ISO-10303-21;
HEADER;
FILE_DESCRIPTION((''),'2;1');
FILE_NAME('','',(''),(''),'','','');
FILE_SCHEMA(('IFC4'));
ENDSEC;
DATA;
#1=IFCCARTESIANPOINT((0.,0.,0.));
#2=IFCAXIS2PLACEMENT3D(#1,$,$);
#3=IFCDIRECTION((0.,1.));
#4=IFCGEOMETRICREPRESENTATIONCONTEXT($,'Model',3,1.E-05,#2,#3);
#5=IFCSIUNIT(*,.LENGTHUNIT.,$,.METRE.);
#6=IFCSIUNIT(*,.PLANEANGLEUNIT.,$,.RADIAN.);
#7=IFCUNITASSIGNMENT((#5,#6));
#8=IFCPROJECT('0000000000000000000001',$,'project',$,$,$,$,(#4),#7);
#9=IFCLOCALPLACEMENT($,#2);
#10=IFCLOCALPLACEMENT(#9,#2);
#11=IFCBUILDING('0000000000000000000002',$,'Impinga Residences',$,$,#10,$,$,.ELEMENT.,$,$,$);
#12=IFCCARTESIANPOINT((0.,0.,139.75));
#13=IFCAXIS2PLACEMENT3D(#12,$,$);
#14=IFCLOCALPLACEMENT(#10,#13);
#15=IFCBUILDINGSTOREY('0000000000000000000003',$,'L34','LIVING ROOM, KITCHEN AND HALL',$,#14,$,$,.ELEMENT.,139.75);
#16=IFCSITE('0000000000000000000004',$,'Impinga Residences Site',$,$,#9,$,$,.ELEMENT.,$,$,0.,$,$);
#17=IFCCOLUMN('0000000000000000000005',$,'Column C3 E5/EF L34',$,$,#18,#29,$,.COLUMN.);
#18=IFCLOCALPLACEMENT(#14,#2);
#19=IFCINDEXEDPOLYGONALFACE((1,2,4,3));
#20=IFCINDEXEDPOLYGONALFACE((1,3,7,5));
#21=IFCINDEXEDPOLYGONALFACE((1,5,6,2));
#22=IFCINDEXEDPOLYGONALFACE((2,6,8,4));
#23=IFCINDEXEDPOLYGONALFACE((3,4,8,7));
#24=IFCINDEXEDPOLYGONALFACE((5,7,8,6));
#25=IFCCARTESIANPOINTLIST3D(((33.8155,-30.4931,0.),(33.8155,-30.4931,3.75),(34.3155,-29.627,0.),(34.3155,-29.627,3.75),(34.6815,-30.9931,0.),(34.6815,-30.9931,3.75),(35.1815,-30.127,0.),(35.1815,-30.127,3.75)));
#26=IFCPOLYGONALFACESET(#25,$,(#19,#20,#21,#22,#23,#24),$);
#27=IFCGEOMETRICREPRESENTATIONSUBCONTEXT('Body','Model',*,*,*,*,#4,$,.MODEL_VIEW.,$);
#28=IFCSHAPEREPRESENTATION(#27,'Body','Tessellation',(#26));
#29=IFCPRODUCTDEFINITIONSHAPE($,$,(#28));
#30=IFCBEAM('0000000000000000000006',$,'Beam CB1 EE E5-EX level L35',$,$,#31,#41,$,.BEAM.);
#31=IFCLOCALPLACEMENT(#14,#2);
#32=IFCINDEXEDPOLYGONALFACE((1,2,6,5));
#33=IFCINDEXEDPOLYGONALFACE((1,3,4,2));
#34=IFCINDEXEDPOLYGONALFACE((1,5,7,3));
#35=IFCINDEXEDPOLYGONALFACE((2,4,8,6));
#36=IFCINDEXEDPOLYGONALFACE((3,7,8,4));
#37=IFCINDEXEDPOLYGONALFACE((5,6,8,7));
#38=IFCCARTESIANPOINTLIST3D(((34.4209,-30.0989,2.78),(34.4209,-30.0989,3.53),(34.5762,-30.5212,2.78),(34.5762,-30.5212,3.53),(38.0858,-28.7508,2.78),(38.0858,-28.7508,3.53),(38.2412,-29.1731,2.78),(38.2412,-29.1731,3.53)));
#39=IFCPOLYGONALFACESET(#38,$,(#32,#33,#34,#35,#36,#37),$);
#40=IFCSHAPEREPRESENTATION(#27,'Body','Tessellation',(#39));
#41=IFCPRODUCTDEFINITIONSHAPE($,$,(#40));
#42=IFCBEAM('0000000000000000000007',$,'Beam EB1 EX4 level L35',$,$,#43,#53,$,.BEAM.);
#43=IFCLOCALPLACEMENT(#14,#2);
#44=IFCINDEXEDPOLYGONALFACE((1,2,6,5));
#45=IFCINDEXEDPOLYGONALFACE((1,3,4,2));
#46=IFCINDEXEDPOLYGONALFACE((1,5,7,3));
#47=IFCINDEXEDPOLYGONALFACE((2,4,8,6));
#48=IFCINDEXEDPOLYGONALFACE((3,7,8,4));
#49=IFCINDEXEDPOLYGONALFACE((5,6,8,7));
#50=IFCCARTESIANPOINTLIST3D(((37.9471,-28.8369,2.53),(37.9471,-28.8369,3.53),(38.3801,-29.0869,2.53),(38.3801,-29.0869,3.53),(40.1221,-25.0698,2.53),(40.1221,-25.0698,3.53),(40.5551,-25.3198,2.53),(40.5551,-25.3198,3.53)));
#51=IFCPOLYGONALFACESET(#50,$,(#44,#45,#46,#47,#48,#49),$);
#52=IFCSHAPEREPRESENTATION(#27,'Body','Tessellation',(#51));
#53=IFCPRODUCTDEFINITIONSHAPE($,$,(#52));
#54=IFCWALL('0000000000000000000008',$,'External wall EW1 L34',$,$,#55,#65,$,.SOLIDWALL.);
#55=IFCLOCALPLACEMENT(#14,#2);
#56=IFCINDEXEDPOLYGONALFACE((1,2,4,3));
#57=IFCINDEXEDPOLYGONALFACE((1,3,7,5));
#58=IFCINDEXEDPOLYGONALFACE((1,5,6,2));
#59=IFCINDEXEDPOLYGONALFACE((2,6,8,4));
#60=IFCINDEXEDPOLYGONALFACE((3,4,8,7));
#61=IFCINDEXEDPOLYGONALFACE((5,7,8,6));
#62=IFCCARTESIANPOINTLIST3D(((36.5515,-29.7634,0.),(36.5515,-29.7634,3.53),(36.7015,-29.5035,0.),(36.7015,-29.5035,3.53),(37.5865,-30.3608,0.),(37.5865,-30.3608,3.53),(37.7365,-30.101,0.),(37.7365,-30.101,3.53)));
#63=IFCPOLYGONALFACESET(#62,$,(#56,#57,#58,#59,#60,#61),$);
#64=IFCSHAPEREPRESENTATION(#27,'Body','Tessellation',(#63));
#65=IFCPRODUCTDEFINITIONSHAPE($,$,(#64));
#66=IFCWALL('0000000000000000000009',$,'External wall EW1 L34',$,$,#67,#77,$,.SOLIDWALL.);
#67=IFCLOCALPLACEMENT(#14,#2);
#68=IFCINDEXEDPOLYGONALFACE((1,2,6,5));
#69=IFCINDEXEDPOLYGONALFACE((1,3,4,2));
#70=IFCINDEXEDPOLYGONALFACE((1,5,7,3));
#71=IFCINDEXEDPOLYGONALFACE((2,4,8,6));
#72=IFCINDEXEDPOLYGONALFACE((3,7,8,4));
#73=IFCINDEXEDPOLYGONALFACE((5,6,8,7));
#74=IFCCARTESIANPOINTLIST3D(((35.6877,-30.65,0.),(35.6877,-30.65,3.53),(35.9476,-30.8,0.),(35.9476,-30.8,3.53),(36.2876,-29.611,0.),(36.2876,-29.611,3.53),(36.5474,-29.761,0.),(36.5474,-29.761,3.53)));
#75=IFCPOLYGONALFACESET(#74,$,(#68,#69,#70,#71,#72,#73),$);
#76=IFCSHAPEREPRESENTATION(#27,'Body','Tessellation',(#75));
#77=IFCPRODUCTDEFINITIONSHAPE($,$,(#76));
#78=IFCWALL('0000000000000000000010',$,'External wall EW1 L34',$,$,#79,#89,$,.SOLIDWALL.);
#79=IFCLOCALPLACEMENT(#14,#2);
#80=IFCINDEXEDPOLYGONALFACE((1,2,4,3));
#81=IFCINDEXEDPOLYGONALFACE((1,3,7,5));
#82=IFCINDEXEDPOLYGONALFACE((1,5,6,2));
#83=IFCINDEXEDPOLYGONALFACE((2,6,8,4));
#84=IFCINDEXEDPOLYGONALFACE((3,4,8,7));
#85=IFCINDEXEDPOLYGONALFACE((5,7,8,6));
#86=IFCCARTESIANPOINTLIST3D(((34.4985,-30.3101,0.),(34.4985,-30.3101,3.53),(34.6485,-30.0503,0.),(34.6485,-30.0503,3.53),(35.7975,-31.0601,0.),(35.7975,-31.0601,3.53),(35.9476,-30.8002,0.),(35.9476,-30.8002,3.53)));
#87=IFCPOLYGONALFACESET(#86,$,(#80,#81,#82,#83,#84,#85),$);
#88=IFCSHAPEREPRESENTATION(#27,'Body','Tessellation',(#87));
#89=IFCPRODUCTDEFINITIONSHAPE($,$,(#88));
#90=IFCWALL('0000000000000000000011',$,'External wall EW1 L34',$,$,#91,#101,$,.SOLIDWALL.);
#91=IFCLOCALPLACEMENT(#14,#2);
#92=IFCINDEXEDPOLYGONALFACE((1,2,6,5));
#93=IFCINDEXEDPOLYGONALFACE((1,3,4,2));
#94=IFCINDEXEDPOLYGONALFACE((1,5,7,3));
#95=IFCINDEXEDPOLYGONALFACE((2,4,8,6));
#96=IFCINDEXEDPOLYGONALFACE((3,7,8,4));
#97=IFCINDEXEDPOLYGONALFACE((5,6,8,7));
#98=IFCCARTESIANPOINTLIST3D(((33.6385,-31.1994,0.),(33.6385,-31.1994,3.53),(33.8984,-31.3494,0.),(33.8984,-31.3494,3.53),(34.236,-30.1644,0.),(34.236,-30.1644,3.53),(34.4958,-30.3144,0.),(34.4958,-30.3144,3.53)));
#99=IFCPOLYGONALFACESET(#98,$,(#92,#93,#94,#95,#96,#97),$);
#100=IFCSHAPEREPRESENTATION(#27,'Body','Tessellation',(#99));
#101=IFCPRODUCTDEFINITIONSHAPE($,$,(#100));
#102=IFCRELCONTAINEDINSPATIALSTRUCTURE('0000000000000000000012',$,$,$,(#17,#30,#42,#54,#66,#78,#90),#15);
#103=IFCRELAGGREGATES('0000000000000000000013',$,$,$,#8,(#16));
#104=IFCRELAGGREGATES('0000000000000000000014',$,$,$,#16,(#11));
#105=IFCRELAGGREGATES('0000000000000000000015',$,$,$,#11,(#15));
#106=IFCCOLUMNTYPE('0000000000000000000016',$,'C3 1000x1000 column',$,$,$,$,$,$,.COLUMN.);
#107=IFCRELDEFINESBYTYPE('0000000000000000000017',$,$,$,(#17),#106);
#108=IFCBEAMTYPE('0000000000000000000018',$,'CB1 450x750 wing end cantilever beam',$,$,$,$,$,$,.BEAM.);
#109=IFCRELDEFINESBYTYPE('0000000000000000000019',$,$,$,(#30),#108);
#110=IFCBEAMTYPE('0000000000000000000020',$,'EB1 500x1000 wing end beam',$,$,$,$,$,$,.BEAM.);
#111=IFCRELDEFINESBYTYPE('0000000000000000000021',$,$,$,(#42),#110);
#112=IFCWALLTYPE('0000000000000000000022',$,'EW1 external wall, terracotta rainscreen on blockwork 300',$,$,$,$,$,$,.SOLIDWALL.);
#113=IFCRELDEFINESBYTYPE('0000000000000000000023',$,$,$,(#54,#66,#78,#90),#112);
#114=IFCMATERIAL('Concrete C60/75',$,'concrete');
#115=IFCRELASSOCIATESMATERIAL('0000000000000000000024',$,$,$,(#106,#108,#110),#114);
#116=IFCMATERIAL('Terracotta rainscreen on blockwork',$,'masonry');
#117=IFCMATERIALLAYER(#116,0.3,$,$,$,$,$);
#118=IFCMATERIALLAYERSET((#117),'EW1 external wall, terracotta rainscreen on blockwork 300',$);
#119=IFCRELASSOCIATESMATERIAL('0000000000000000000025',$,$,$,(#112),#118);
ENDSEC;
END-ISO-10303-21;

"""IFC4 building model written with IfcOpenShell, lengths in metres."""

from ifc_helpers import new_model, si_unit, direction, frame, frame_2d, origin, origin_2d, place, context, subcontext, project, spatial, rectangle, extrude, material, layer, layer_set, material_profile, profile_set, type_object, element, save


model = new_model("IFC4")

# Units and contexts
model_context = context("Model", 3, precision=1e-05, world=origin(), true_north=direction((0.0, 1.0)))
body_context = subcontext(model_context, "Body", "Model", "MODEL_VIEW")
ifc_project = project(units=[si_unit("LENGTHUNIT", "METRE"), si_unit("PLANEANGLEUNIT", "RADIAN")], contexts=[model_context])

# Site, building, storey
site_placement = place(None, origin())
site = spatial("IfcSite", under=ifc_project, at=site_placement, Name="Impinga Residences Site", CompositionType="ELEMENT", RefElevation=0.0)
building_placement = place(site_placement, origin())
building = spatial("IfcBuilding", under=site, at=building_placement, Name="Impinga Residences", CompositionType="ELEMENT")
storey_placement = place(building_placement, frame((0.0, 0.0, 139.75)))
storey = spatial("IfcBuildingStorey", under=building, at=storey_placement, Name="L34", Description="LIVING ROOM, KITCHEN AND HALL", CompositionType="ELEMENT", Elevation=139.75)

# Column
ifc_material_1 = material(Name="Concrete C60/75", Category="concrete")
ifc_material_profile_1 = material_profile(ifc_material_1, rectangle(XDim=1.0, YDim=1.0, at=origin_2d()), Name="RC 1000x1000")
ifc_profile_set_1 = profile_set([ifc_material_profile_1], Name="Concrete C60/75")
column_type = type_object("IfcColumnType", Name="C3 1000x1000 column", PredefinedType="COLUMN", material=ifc_profile_set_1)
column_placement = place(storey_placement, frame((34.4985, -30.3101, 0.0), z_axis=(0.0, 0.0, 1.0), x_axis=(-0.5, -0.866025, 0.0)))
element("IfcColumn", 1, at=column_placement, inside=storey, type_object=column_type, Name="Column C3 E5/EF L34", PredefinedType="COLUMN", context=body_context, shape_type="SweptSolid", body=[
    extrude(rectangle(XDim=1.0, YDim=1.0, at=origin_2d()), origin(), (0.0, 0.0, 1.0), 3.75),
])

# Beams
ifc_material_profile_2 = material_profile(ifc_material_1, rectangle(XDim=0.45, YDim=0.75, at=origin_2d()), Name="RC 450x750")
ifc_profile_set_2 = profile_set([ifc_material_profile_2], Name="Concrete C60/75")
beam_type_1 = type_object("IfcBeamType", Name="CB1 450x750 wing end cantilever beam", PredefinedType="BEAM", material=ifc_profile_set_2)
beam_1_placement = place(storey_placement, frame((34.4985, -30.3101, 3.155), z_axis=(0.93852, 0.345224, 0.0), x_axis=(-0.345224, 0.93852, 0.0)))
element("IfcBeam", 2, at=beam_1_placement, inside=storey, type_object=beam_type_1, Name="Beam CB1 EE E5-EX level L35", PredefinedType="BEAM", context=body_context, shape_type="SweptSolid", body=[
    extrude(rectangle(XDim=0.45, YDim=0.75, at=origin_2d()), origin(), (0.0, 0.0, 1.0), 3.905),
])
ifc_material_profile_3 = material_profile(ifc_material_1, rectangle(XDim=0.5, YDim=1.0, at=origin_2d()), Name="RC 500x1000")
ifc_profile_set_3 = profile_set([ifc_material_profile_3], Name="Concrete C60/75")
beam_type_2 = type_object("IfcBeamType", Name="EB1 500x1000 wing end beam", PredefinedType="BEAM", material=ifc_profile_set_3)
beam_2_placement = place(storey_placement, frame((40.3386, -25.1948, 3.03), z_axis=(-0.50002, -0.866014, 0.0), x_axis=(0.866014, -0.50002, 0.0)))
element("IfcBeam", 3, at=beam_2_placement, inside=storey, type_object=beam_type_2, Name="Beam EB1 EX4 level L35", PredefinedType="BEAM", context=body_context, shape_type="SweptSolid", body=[
    extrude(rectangle(XDim=0.5, YDim=1.0, at=origin_2d()), origin(), (0.0, 0.0, 1.0), 4.3499),
])

# Walls
ifc_material_2 = material(Name="Terracotta rainscreen on blockwork", Category="masonry")
ifc_layer_1 = layer(ifc_material_2, 0.3)
ifc_layer_set_1 = layer_set([ifc_layer_1], Name="EW1 external wall, terracotta rainscreen on blockwork 300")
wall_type_1 = type_object("IfcWallType", Name="EW1 external wall, terracotta rainscreen on blockwork 300", PredefinedType="SOLIDWALL", material=ifc_layer_set_1)
wall_1_placement = place(storey_placement, frame((37.6616, -30.231, 0.0), z_axis=(0.0, 0.0, 1.0), x_axis=(-0.86606, 0.499941, 0.0)))
element("IfcWall", 4, at=wall_1_placement, inside=storey, type_object=wall_type_1, Name="External wall EW1 L34", PredefinedType="SOLIDWALL", context=body_context, shape_type="SweptSolid", body=[
    extrude(rectangle(XDim=1.1951, YDim=0.3, at=frame_2d((0.5977, 0.0))), origin(), (0.0, 0.0, 1.0), 3.53),
])
wall_2_placement = place(storey_placement, frame((36.4175, -29.686, 0.0), z_axis=(0.0, 0.0, 1.0), x_axis=(-0.499969, -0.866043, 0.0)))
element("IfcWall", 5, at=wall_2_placement, inside=storey, type_object=wall_type_1, Name="External wall EW1 L34", PredefinedType="SOLIDWALL", context=body_context, shape_type="SweptSolid", body=[
    extrude(rectangle(XDim=1.1997, YDim=0.3, at=frame_2d((0.5999, 0.0))), origin(), (0.0, 0.0, 1.0), 3.53),
])
wall_3_placement = place(storey_placement, frame((35.8726, -30.9302, 0.0), z_axis=(0.0, 0.0, 1.0), x_axis=(-0.866031, 0.49999, 0.0)))
element("IfcWall", 6, at=wall_3_placement, inside=storey, type_object=wall_type_1, Name="External wall EW1 L34", PredefinedType="SOLIDWALL", context=body_context, shape_type="SweptSolid", body=[
    extrude(rectangle(XDim=1.5, YDim=0.3, at=frame_2d((0.75, 0.0))), origin(), (0.0, 0.0, 1.0), 3.53),
])
wall_4_placement = place(storey_placement, frame((34.366, -30.2393, 0.0), z_axis=(0.0, 0.0, 1.0), x_axis=(-0.499941, -0.86606, 0.0)))
element("IfcWall", 7, at=wall_4_placement, inside=storey, type_object=wall_type_1, Name="External wall EW1 L34", PredefinedType="SOLIDWALL", context=body_context, shape_type="SweptSolid", body=[
    extrude(rectangle(XDim=1.1951, YDim=0.3, at=frame_2d((0.5977, 0.0))), origin(), (0.0, 0.0, 1.0), 3.53),
])

save(model, "model.ifc")
